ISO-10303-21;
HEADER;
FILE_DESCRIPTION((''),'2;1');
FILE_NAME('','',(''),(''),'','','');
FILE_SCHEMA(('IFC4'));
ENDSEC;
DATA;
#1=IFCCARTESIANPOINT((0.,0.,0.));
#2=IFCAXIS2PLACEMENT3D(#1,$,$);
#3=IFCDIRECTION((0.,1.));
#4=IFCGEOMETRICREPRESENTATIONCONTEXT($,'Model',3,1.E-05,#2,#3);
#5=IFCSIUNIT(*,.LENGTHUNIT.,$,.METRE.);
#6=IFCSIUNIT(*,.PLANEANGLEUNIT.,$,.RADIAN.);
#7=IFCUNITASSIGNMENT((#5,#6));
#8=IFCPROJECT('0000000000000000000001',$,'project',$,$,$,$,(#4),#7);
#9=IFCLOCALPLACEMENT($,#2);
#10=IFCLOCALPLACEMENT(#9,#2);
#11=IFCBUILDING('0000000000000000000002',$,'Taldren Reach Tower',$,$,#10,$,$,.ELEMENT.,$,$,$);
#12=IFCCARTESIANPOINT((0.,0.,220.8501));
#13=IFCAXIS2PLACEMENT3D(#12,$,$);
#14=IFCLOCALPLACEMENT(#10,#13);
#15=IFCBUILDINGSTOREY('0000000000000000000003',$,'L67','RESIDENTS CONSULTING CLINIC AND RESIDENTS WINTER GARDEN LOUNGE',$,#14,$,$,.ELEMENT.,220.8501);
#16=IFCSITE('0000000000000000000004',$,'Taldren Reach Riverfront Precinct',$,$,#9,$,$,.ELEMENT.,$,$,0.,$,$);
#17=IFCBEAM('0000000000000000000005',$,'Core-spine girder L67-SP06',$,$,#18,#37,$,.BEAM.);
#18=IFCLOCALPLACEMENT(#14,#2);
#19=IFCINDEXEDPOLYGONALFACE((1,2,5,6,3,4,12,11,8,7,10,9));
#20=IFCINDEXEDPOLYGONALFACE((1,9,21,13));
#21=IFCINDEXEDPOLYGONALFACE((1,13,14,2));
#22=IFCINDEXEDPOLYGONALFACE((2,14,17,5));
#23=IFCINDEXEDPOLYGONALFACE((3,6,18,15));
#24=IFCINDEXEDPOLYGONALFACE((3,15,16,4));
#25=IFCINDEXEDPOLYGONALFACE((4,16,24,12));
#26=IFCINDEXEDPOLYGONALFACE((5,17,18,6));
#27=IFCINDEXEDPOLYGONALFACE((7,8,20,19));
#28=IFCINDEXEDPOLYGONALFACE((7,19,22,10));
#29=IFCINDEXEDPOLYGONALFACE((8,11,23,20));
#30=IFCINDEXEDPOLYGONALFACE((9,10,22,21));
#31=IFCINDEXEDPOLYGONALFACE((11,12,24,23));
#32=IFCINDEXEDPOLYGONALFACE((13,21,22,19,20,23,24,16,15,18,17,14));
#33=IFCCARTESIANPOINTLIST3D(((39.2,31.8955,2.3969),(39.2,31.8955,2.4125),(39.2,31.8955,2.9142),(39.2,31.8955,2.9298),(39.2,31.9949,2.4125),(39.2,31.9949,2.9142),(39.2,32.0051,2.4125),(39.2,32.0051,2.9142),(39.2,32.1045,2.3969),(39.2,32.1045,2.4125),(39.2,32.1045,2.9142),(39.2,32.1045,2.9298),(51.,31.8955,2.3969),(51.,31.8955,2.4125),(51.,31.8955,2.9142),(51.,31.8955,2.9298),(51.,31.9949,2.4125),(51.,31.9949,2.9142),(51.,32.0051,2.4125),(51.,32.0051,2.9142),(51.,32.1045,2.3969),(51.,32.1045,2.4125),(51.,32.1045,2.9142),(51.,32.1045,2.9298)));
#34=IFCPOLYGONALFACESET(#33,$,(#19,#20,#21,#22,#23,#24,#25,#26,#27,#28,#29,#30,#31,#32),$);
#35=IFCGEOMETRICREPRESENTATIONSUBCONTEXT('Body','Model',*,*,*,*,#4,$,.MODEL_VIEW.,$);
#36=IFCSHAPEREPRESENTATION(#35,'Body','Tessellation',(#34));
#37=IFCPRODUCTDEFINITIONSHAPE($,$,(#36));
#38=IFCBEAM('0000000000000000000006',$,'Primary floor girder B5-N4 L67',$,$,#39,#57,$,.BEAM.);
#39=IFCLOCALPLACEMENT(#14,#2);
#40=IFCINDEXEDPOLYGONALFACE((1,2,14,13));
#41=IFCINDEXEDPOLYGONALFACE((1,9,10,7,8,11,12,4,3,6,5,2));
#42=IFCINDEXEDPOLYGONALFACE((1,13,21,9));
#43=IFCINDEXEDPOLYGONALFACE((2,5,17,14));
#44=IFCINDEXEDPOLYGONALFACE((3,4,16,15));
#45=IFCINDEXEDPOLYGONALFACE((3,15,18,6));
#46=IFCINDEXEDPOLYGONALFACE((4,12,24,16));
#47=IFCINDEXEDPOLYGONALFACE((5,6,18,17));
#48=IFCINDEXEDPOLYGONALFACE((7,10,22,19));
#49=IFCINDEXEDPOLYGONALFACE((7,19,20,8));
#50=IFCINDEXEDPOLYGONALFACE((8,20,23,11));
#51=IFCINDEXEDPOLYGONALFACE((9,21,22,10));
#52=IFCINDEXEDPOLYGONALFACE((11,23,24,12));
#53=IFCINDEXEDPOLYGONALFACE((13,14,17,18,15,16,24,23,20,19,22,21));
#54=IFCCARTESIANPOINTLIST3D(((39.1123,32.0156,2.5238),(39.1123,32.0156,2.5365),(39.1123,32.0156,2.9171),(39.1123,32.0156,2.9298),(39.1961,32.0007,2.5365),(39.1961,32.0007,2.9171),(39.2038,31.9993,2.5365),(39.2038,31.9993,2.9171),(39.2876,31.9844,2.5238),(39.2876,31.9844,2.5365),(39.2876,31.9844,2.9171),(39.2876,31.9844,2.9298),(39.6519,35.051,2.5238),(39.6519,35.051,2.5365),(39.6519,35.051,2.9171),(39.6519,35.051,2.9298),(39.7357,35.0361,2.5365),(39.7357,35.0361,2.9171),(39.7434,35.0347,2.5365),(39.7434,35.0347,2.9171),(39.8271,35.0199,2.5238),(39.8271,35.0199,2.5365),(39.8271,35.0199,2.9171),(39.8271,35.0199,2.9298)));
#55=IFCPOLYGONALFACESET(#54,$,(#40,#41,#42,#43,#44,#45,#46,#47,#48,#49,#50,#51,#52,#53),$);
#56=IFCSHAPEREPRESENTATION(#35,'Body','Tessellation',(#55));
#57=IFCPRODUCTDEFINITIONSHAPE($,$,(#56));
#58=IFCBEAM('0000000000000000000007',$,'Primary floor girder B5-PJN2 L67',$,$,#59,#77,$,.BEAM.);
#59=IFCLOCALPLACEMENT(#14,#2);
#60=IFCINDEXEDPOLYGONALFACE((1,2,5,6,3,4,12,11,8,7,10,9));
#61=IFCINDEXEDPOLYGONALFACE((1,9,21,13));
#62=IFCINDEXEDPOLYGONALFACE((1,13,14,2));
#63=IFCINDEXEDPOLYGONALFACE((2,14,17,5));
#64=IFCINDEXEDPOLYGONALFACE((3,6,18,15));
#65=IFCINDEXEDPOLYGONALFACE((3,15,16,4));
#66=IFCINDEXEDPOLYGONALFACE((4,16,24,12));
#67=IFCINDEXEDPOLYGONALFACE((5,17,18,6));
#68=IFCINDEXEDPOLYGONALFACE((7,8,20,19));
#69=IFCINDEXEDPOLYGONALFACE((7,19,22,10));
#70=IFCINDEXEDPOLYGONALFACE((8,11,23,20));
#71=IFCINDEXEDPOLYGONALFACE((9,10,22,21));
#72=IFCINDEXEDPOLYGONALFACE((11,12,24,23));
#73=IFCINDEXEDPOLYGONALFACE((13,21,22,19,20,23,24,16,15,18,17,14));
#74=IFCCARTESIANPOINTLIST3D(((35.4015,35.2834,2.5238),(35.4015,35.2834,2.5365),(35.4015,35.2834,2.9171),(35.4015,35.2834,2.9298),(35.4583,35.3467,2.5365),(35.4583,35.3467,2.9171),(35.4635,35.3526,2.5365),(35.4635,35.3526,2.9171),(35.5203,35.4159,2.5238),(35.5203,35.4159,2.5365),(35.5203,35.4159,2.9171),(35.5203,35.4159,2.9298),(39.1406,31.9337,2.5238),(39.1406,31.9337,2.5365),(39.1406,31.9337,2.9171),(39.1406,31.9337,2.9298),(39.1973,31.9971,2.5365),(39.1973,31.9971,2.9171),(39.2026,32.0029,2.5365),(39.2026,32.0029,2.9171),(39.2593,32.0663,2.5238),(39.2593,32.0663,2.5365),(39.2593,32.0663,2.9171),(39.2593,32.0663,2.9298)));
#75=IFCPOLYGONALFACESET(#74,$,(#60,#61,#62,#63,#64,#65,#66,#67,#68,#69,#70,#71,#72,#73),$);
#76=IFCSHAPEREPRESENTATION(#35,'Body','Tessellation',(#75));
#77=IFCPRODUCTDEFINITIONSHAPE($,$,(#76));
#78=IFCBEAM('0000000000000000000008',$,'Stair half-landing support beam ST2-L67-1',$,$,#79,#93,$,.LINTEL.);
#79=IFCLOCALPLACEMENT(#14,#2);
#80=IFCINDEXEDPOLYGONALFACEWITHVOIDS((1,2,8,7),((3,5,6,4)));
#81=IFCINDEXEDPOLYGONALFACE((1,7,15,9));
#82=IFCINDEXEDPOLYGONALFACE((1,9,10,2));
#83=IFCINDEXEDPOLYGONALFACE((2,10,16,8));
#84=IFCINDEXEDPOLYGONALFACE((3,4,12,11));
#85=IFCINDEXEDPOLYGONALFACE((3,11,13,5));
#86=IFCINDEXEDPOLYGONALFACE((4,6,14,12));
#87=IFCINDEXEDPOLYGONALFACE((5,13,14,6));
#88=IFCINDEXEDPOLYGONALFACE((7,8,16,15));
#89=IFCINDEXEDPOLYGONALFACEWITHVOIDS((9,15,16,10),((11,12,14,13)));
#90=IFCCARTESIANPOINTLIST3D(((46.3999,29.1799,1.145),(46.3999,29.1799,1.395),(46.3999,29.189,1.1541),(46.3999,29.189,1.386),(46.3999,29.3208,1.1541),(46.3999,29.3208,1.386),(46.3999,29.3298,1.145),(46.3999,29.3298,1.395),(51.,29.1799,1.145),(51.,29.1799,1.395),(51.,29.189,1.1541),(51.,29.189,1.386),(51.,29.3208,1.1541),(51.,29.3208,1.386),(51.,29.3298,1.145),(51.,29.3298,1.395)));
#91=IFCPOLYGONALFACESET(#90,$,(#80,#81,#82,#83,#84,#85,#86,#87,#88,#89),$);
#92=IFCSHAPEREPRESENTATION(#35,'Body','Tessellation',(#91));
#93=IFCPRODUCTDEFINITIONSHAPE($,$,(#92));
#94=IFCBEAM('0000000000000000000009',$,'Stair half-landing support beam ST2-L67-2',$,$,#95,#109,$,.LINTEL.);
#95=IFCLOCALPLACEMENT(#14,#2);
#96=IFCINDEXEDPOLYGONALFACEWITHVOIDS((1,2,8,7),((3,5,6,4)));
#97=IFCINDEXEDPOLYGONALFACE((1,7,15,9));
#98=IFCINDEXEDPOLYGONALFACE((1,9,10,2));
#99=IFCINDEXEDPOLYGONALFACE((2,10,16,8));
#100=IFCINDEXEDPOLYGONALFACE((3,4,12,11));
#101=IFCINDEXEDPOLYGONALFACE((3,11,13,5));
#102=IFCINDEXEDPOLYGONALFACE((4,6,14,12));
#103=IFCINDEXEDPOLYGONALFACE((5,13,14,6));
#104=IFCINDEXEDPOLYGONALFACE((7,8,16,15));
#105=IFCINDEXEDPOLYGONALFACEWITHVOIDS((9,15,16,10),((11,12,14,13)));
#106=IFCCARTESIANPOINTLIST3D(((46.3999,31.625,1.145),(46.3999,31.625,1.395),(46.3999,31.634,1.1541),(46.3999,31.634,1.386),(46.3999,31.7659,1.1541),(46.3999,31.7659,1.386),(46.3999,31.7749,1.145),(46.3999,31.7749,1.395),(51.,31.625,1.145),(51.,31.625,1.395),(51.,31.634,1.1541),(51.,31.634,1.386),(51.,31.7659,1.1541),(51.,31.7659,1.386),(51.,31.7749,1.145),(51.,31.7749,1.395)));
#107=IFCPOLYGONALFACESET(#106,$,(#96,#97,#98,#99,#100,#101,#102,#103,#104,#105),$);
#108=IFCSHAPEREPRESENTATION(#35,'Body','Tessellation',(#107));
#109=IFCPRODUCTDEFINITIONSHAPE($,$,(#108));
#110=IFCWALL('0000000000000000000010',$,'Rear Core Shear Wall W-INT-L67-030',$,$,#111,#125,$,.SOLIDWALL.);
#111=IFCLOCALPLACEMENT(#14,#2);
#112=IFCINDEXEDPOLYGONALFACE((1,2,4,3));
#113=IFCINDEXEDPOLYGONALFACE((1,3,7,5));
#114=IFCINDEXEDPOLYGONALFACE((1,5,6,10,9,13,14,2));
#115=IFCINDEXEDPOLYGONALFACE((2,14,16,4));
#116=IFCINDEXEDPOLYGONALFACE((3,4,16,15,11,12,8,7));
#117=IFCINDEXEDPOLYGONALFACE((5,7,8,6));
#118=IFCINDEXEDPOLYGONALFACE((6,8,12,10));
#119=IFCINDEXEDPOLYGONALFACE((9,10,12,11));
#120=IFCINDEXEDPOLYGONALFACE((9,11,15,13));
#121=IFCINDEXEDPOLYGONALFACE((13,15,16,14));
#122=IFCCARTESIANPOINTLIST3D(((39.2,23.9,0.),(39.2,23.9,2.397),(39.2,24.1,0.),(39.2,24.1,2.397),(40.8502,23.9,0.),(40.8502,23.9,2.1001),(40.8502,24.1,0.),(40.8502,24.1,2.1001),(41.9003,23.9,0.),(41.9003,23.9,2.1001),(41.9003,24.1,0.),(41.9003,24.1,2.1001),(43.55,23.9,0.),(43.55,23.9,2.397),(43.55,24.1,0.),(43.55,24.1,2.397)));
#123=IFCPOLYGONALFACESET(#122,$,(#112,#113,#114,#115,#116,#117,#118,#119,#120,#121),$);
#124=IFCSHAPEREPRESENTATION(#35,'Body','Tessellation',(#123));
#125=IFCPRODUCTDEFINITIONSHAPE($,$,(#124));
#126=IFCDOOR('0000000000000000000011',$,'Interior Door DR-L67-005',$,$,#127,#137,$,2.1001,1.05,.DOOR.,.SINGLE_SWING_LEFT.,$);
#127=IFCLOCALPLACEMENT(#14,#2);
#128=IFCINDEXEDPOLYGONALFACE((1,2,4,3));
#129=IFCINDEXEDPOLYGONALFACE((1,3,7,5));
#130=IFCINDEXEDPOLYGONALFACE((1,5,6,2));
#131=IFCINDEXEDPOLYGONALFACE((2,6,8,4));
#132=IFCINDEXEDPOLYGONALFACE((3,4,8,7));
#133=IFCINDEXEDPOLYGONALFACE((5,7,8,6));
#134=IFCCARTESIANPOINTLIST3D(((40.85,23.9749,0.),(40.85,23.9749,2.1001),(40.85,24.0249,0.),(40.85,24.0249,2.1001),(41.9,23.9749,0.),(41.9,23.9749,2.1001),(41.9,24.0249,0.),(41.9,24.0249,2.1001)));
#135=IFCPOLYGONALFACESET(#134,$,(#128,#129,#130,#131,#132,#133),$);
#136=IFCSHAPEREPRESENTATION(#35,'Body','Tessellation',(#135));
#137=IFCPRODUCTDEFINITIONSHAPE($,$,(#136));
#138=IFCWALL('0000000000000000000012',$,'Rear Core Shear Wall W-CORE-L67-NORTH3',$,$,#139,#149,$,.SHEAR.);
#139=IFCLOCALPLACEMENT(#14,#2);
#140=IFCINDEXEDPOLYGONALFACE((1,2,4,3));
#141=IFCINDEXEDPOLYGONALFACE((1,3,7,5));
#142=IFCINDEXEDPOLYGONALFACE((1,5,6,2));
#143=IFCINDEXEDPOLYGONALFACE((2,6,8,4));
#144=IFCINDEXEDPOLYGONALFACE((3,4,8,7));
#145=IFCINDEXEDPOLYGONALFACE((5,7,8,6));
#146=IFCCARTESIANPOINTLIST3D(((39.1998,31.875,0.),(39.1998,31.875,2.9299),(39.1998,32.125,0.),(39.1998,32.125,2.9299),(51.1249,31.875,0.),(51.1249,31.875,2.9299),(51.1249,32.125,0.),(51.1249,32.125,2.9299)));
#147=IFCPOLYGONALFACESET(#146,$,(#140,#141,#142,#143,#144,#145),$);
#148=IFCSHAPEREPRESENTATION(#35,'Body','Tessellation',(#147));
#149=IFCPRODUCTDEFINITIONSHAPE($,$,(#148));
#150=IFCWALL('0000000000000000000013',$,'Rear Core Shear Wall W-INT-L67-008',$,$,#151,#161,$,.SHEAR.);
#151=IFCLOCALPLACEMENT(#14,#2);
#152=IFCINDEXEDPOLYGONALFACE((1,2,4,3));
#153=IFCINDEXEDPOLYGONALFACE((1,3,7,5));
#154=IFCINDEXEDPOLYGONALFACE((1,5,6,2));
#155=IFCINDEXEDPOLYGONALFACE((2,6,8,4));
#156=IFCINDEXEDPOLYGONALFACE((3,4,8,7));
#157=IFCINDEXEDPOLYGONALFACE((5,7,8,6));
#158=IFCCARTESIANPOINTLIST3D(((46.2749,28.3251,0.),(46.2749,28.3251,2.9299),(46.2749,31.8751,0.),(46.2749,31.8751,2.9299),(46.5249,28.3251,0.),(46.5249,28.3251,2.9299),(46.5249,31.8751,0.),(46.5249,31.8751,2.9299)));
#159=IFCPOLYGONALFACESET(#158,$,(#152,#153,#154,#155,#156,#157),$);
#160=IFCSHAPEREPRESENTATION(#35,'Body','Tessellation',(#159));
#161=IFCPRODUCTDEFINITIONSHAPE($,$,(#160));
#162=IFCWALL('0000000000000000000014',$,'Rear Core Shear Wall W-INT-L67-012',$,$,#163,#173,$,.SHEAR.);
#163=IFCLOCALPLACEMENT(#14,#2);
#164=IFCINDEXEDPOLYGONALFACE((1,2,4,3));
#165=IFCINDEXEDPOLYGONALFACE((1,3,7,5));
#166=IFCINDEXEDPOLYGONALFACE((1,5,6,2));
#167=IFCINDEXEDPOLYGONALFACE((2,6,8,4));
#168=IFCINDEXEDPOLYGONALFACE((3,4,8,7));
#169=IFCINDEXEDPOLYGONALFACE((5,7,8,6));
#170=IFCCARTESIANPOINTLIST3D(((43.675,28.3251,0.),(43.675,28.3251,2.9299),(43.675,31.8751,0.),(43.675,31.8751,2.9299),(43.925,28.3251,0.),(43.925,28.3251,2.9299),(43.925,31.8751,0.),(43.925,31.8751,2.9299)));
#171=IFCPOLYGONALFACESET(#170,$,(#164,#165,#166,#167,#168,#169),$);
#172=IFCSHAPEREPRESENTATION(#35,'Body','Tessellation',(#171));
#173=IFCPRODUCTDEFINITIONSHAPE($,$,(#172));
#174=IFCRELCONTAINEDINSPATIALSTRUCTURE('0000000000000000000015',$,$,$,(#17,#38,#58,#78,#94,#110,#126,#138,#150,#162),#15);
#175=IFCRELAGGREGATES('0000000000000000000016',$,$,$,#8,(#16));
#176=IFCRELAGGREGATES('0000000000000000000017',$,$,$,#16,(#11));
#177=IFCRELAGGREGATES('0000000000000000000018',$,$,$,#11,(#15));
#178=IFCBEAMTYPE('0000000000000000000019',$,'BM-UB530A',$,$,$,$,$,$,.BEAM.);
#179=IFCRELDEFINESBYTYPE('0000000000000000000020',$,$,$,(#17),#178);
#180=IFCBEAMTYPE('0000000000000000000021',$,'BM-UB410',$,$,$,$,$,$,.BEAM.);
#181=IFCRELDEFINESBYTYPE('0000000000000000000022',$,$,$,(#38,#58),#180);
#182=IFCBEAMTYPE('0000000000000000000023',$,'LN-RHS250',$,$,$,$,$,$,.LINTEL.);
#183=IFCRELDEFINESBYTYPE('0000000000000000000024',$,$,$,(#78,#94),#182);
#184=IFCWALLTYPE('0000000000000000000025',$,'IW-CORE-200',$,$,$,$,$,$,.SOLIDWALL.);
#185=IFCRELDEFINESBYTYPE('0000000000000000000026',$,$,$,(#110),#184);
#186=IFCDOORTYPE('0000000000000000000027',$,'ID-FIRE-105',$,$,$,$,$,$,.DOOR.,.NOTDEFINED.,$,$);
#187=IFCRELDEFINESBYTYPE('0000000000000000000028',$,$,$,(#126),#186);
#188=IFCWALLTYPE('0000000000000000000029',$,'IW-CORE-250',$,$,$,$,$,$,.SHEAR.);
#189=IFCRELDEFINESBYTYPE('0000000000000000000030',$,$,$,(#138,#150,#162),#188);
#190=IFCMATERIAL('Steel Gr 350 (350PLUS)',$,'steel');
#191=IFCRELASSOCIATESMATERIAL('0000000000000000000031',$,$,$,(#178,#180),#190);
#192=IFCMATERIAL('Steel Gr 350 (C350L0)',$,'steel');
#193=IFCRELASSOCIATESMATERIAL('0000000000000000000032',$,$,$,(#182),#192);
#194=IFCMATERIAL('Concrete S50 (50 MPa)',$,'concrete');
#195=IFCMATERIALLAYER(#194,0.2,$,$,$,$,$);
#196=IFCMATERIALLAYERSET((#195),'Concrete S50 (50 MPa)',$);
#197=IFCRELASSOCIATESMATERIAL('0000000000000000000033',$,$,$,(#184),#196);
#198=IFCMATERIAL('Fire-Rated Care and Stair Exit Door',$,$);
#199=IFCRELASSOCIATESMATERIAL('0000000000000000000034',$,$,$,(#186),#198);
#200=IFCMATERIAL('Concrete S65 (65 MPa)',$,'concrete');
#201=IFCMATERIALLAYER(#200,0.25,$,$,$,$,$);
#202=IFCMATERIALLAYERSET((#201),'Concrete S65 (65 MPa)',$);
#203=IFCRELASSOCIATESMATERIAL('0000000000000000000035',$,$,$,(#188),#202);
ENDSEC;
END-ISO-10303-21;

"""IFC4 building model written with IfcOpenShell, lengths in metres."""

from ifc_helpers import new_model, si_unit, direction, frame, frame_2d, origin, origin_2d, place, context, subcontext, project, spatial, rectangle, hollow_rectangle, i_section, extrude, source, transform, mapped, material, layer, layer_set, material_profile, profile_set, type_object, element, fill, save


model = new_model("IFC4")

# Units and contexts
model_context = context("Model", 3, precision=1e-05, world=origin(), true_north=direction((0.0, 1.0)))
body_context = subcontext(model_context, "Body", "Model", "MODEL_VIEW")
ifc_project = project(units=[si_unit("LENGTHUNIT", "METRE"), si_unit("PLANEANGLEUNIT", "RADIAN")], contexts=[model_context])

# Site, building, storey
site_placement = place(None, origin())
site = spatial("IfcSite", under=ifc_project, at=site_placement, Name="Taldren Reach Riverfront Precinct", CompositionType="ELEMENT", RefElevation=0.0)
building_placement = place(site_placement, origin())
building = spatial("IfcBuilding", under=site, at=building_placement, Name="Taldren Reach Tower", CompositionType="ELEMENT")
storey_placement = place(building_placement, frame((0.0, 0.0, 220.8501)))
storey = spatial("IfcBuildingStorey", under=building, at=storey_placement, Name="L67", Description="RESIDENTS CONSULTING CLINIC AND RESIDENTS WINTER GARDEN LOUNGE", CompositionType="ELEMENT", Elevation=220.8501)

# Beams
ifc_material_1 = material(Name="Steel Gr 350 (350PLUS)", Category="steel")
ifc_material_profile_1 = material_profile(ifc_material_1, i_section(OverallWidth=0.209, OverallDepth=0.533, WebThickness=0.0103, FlangeThickness=0.0156, at=origin_2d()), Name="530UB92.4")
ifc_profile_set_1 = profile_set([ifc_material_profile_1], Name="Steel Gr 350 (350PLUS)")
beam_type_1 = type_object("IfcBeamType", Name="BM-UB530A", PredefinedType="BEAM", material=ifc_profile_set_1)
shared_shape_1 = source(origin(), body_context, "Body", "SweptSolid", [
    extrude(i_section(OverallWidth=0.209, OverallDepth=0.533, WebThickness=0.0103, FlangeThickness=0.0156, at=origin_2d()), origin(), (0.0, 0.0, 1.0), 11.8),
])
beam_1_placement = place(storey_placement, frame((39.2, 32.0, 2.6633), z_axis=(1.0, 0.0, 0.0), x_axis=(0.0, 1.0, 0.0)))
element("IfcBeam", 1, at=beam_1_placement, inside=storey, type_object=beam_type_1, Name="Core-spine girder L67-SP06", PredefinedType="BEAM", context=body_context, shape_type="MappedRepresentation", body=[
    mapped(shared_shape_1, transform((0.0, 0.0, 0.0), scale=1.0)),
])
ifc_material_profile_2 = material_profile(ifc_material_1, i_section(OverallWidth=0.178, OverallDepth=0.406, WebThickness=0.0078, FlangeThickness=0.0127, at=origin_2d()), Name="410UB59.7")
ifc_profile_set_2 = profile_set([ifc_material_profile_2], Name="Steel Gr 350 (350PLUS)")
beam_type_2 = type_object("IfcBeamType", Name="BM-UB410", PredefinedType="BEAM", material=ifc_profile_set_2)
shared_shape_2 = source(origin(), body_context, "Body", "SweptSolid", [
    extrude(i_section(OverallWidth=0.178, OverallDepth=0.406, WebThickness=0.0078, FlangeThickness=0.0127, at=origin_2d()), origin(), (0.0, 0.0, 1.0), 3.083),
])
beam_2_placement = place(storey_placement, frame((39.2, 32.0, 2.7268), z_axis=(0.175009, 0.984567, 0.0), x_axis=(-0.984567, 0.175009, 0.0)))
element("IfcBeam", 2, at=beam_2_placement, inside=storey, type_object=beam_type_2, Name="Primary floor girder B5-N4 L67", PredefinedType="BEAM", context=body_context, shape_type="MappedRepresentation", body=[
    mapped(shared_shape_2, transform((0.0, 0.0, 0.0), scale=1.0)),
])
shared_shape_3 = source(origin(), body_context, "Body", "SweptSolid", [
    extrude(i_section(OverallWidth=0.178, OverallDepth=0.406, WebThickness=0.0078, FlangeThickness=0.0127, at=origin_2d()), origin(), (0.0, 0.0, 1.0), 5.02),
])
beam_3_placement = place(storey_placement, frame((39.2, 32.0, 2.7268), z_axis=(-0.744828, 0.667257, 0.0), x_axis=(-0.667257, -0.744828, 0.0)))
element("IfcBeam", 3, at=beam_3_placement, inside=storey, type_object=beam_type_2, Name="Primary floor girder B5-PJN2 L67", PredefinedType="BEAM", context=body_context, shape_type="MappedRepresentation", body=[
    mapped(shared_shape_3, transform((0.0, 0.0, 0.0), scale=1.0)),
])
ifc_material_2 = material(Name="Steel Gr 350 (C350L0)", Category="steel")
ifc_material_profile_3 = material_profile(ifc_material_2, hollow_rectangle(XDim=0.1499, YDim=0.25, WallThickness=0.009, at=origin_2d()), Name="250x150x9.0RHS")
ifc_profile_set_3 = profile_set([ifc_material_profile_3], Name="Steel Gr 350 (C350L0)")
beam_type_3 = type_object("IfcBeamType", Name="LN-RHS250", PredefinedType="LINTEL", material=ifc_profile_set_3)
shared_shape_4 = source(origin(), body_context, "Body", "SweptSolid", [
    extrude(hollow_rectangle(XDim=0.1499, YDim=0.25, WallThickness=0.009, at=origin_2d()), origin(), (0.0, 0.0, 1.0), 4.6001),
])
for number, where, z_axis, x_axis, name in (
    (4, (46.3999, 29.2549, 1.27), (1.0, 0.0, 0.0), (0.0, 1.0, 0.0), "Stair half-landing support beam ST2-L67-1"),
    (5, (46.3999, 31.7, 1.27), (1.0, 0.0, 0.0), (0.0, 1.0, 0.0), "Stair half-landing support beam ST2-L67-2"),
):
    element("IfcBeam", number, at=place(storey_placement, frame(where, z_axis=z_axis, x_axis=x_axis)), inside=storey, type_object=beam_type_3, Name=name, PredefinedType="LINTEL", context=body_context, shape_type="MappedRepresentation", body=[
        mapped(shared_shape_4, transform((0.0, 0.0, 0.0), scale=1.0)),
    ])

# Wall, opening, door
ifc_material_3 = material(Name="Concrete S50 (50 MPa)", Category="concrete")
ifc_layer_1 = layer(ifc_material_3, 0.2)
ifc_layer_set_1 = layer_set([ifc_layer_1], Name="Concrete S50 (50 MPa)")
wall_type_1 = type_object("IfcWallType", Name="IW-CORE-200", PredefinedType="SOLIDWALL", material=ifc_layer_set_1)
shared_shape_5 = source(origin(), body_context, "Body", "SweptSolid", [
    extrude(rectangle(XDim=4.3501, YDim=0.2, at=frame_2d((2.175, 0.0))), origin(), (0.0, 0.0, 1.0), 2.397),
])
wall_1_placement = place(storey_placement, frame((43.55, 24.0, 0.0), z_axis=(0.0, 0.0, 1.0), x_axis=(-1.0, 0.0, 0.0)))
wall_1 = element("IfcWall", 6, at=wall_1_placement, inside=storey, type_object=wall_type_1, Name="Rear Core Shear Wall W-INT-L67-030", PredefinedType="SOLIDWALL", context=body_context, shape_type="MappedRepresentation", body=[
    mapped(shared_shape_5, transform((0.0, 0.0, 0.0), scale=1.0)),
])
shared_shape_6 = source(origin(), body_context, "Body", "SweptSolid", [
    extrude(rectangle(XDim=1.05, YDim=2.1001, at=frame_2d((0.5249, 1.05))), frame((0.0, 0.1099, 0.0), z_axis=(0.0, -1.0, 0.0), x_axis=(1.0, 0.0, 0.0)), (0.0, 0.0, 1.0), 0.22),
])
opening_1_placement = place(wall_1_placement, frame((1.6499, 0.0, 0.0)))
opening_1 = element("IfcOpeningElement", 7, at=opening_1_placement, cuts=wall_1, PredefinedType="OPENING", context=body_context, shape_type="MappedRepresentation", body=[
    mapped(shared_shape_6, transform((0.0, 0.0, 0.0), scale=1.0)),
])
ifc_material_4 = material(Name="Fire-Rated Care and Stair Exit Door")
door_type_1 = type_object("IfcDoorType", Name="ID-FIRE-105", OperationType="NOTDEFINED", PredefinedType="DOOR", material=ifc_material_4)
shared_shape_7 = source(origin(), body_context, "Body", "SweptSolid", [
    extrude(rectangle(XDim=1.05, YDim=2.1001, at=frame_2d((0.5249, 1.05))), frame((0.0, 0.0249, 0.0), z_axis=(0.0, -1.0, 0.0), x_axis=(1.0, 0.0, 0.0)), (0.0, 0.0, 1.0), 0.05),
])
door_1_placement = place(opening_1_placement, frame((1.05, 0.0, 0.0), z_axis=(0.0, 0.0, 1.0), x_axis=(-1.0, 0.0, 0.0)))
door_1 = element("IfcDoor", 8, at=door_1_placement, inside=storey, type_object=door_type_1, Name="Interior Door DR-L67-005", OperationType="SINGLE_SWING_LEFT", OverallHeight=2.1001, OverallWidth=1.05, PredefinedType="DOOR", context=body_context, shape_type="MappedRepresentation", body=[
    mapped(shared_shape_7, transform((0.0, 0.0, 0.0), scale=1.0)),
])
fill(opening_1, door_1)

# Walls
ifc_material_5 = material(Name="Concrete S65 (65 MPa)", Category="concrete")
ifc_layer_2 = layer(ifc_material_5, 0.25)
ifc_layer_set_2 = layer_set([ifc_layer_2], Name="Concrete S65 (65 MPa)")
wall_type_2 = type_object("IfcWallType", Name="IW-CORE-250", PredefinedType="SHEAR", material=ifc_layer_set_2)
shared_shape_8 = source(origin(), body_context, "Body", "SweptSolid", [
    extrude(rectangle(XDim=11.925, YDim=0.25, at=frame_2d((5.9624, 0.0))), origin(), (0.0, 0.0, 1.0), 2.9299),
])
wall_2_placement = place(storey_placement, frame((39.2, 32.0, 0.0), z_axis=(0.0, 0.0, 1.0), x_axis=(1.0, 0.0, 0.0)))
element("IfcWall", 9, at=wall_2_placement, inside=storey, type_object=wall_type_2, Name="Rear Core Shear Wall W-CORE-L67-NORTH3", PredefinedType="SHEAR", context=body_context, shape_type="MappedRepresentation", body=[
    mapped(shared_shape_8, transform((0.0, 0.0, 0.0), scale=1.0)),
])
shared_shape_9 = source(origin(), body_context, "Body", "SweptSolid", [
    extrude(rectangle(XDim=3.55, YDim=0.25, at=frame_2d((1.7749, 0.0))), origin(), (0.0, 0.0, 1.0), 2.9299),
])
for number, where, z_axis, x_axis, name in (
    (10, (46.3999, 31.875, 0.0), (0.0, 0.0, 1.0), (0.0, -1.0, 0.0), "Rear Core Shear Wall W-INT-L67-008"),
    (11, (43.8, 31.875, 0.0), (0.0, 0.0, 1.0), (0.0, -1.0, 0.0), "Rear Core Shear Wall W-INT-L67-012"),
):
    element("IfcWall", number, at=place(storey_placement, frame(where, z_axis=z_axis, x_axis=x_axis)), inside=storey, type_object=wall_type_2, Name=name, PredefinedType="SHEAR", context=body_context, shape_type="MappedRepresentation", body=[
        mapped(shared_shape_9, transform((0.0, 0.0, 0.0), scale=1.0)),
    ])

save(model, "model.ifc")
